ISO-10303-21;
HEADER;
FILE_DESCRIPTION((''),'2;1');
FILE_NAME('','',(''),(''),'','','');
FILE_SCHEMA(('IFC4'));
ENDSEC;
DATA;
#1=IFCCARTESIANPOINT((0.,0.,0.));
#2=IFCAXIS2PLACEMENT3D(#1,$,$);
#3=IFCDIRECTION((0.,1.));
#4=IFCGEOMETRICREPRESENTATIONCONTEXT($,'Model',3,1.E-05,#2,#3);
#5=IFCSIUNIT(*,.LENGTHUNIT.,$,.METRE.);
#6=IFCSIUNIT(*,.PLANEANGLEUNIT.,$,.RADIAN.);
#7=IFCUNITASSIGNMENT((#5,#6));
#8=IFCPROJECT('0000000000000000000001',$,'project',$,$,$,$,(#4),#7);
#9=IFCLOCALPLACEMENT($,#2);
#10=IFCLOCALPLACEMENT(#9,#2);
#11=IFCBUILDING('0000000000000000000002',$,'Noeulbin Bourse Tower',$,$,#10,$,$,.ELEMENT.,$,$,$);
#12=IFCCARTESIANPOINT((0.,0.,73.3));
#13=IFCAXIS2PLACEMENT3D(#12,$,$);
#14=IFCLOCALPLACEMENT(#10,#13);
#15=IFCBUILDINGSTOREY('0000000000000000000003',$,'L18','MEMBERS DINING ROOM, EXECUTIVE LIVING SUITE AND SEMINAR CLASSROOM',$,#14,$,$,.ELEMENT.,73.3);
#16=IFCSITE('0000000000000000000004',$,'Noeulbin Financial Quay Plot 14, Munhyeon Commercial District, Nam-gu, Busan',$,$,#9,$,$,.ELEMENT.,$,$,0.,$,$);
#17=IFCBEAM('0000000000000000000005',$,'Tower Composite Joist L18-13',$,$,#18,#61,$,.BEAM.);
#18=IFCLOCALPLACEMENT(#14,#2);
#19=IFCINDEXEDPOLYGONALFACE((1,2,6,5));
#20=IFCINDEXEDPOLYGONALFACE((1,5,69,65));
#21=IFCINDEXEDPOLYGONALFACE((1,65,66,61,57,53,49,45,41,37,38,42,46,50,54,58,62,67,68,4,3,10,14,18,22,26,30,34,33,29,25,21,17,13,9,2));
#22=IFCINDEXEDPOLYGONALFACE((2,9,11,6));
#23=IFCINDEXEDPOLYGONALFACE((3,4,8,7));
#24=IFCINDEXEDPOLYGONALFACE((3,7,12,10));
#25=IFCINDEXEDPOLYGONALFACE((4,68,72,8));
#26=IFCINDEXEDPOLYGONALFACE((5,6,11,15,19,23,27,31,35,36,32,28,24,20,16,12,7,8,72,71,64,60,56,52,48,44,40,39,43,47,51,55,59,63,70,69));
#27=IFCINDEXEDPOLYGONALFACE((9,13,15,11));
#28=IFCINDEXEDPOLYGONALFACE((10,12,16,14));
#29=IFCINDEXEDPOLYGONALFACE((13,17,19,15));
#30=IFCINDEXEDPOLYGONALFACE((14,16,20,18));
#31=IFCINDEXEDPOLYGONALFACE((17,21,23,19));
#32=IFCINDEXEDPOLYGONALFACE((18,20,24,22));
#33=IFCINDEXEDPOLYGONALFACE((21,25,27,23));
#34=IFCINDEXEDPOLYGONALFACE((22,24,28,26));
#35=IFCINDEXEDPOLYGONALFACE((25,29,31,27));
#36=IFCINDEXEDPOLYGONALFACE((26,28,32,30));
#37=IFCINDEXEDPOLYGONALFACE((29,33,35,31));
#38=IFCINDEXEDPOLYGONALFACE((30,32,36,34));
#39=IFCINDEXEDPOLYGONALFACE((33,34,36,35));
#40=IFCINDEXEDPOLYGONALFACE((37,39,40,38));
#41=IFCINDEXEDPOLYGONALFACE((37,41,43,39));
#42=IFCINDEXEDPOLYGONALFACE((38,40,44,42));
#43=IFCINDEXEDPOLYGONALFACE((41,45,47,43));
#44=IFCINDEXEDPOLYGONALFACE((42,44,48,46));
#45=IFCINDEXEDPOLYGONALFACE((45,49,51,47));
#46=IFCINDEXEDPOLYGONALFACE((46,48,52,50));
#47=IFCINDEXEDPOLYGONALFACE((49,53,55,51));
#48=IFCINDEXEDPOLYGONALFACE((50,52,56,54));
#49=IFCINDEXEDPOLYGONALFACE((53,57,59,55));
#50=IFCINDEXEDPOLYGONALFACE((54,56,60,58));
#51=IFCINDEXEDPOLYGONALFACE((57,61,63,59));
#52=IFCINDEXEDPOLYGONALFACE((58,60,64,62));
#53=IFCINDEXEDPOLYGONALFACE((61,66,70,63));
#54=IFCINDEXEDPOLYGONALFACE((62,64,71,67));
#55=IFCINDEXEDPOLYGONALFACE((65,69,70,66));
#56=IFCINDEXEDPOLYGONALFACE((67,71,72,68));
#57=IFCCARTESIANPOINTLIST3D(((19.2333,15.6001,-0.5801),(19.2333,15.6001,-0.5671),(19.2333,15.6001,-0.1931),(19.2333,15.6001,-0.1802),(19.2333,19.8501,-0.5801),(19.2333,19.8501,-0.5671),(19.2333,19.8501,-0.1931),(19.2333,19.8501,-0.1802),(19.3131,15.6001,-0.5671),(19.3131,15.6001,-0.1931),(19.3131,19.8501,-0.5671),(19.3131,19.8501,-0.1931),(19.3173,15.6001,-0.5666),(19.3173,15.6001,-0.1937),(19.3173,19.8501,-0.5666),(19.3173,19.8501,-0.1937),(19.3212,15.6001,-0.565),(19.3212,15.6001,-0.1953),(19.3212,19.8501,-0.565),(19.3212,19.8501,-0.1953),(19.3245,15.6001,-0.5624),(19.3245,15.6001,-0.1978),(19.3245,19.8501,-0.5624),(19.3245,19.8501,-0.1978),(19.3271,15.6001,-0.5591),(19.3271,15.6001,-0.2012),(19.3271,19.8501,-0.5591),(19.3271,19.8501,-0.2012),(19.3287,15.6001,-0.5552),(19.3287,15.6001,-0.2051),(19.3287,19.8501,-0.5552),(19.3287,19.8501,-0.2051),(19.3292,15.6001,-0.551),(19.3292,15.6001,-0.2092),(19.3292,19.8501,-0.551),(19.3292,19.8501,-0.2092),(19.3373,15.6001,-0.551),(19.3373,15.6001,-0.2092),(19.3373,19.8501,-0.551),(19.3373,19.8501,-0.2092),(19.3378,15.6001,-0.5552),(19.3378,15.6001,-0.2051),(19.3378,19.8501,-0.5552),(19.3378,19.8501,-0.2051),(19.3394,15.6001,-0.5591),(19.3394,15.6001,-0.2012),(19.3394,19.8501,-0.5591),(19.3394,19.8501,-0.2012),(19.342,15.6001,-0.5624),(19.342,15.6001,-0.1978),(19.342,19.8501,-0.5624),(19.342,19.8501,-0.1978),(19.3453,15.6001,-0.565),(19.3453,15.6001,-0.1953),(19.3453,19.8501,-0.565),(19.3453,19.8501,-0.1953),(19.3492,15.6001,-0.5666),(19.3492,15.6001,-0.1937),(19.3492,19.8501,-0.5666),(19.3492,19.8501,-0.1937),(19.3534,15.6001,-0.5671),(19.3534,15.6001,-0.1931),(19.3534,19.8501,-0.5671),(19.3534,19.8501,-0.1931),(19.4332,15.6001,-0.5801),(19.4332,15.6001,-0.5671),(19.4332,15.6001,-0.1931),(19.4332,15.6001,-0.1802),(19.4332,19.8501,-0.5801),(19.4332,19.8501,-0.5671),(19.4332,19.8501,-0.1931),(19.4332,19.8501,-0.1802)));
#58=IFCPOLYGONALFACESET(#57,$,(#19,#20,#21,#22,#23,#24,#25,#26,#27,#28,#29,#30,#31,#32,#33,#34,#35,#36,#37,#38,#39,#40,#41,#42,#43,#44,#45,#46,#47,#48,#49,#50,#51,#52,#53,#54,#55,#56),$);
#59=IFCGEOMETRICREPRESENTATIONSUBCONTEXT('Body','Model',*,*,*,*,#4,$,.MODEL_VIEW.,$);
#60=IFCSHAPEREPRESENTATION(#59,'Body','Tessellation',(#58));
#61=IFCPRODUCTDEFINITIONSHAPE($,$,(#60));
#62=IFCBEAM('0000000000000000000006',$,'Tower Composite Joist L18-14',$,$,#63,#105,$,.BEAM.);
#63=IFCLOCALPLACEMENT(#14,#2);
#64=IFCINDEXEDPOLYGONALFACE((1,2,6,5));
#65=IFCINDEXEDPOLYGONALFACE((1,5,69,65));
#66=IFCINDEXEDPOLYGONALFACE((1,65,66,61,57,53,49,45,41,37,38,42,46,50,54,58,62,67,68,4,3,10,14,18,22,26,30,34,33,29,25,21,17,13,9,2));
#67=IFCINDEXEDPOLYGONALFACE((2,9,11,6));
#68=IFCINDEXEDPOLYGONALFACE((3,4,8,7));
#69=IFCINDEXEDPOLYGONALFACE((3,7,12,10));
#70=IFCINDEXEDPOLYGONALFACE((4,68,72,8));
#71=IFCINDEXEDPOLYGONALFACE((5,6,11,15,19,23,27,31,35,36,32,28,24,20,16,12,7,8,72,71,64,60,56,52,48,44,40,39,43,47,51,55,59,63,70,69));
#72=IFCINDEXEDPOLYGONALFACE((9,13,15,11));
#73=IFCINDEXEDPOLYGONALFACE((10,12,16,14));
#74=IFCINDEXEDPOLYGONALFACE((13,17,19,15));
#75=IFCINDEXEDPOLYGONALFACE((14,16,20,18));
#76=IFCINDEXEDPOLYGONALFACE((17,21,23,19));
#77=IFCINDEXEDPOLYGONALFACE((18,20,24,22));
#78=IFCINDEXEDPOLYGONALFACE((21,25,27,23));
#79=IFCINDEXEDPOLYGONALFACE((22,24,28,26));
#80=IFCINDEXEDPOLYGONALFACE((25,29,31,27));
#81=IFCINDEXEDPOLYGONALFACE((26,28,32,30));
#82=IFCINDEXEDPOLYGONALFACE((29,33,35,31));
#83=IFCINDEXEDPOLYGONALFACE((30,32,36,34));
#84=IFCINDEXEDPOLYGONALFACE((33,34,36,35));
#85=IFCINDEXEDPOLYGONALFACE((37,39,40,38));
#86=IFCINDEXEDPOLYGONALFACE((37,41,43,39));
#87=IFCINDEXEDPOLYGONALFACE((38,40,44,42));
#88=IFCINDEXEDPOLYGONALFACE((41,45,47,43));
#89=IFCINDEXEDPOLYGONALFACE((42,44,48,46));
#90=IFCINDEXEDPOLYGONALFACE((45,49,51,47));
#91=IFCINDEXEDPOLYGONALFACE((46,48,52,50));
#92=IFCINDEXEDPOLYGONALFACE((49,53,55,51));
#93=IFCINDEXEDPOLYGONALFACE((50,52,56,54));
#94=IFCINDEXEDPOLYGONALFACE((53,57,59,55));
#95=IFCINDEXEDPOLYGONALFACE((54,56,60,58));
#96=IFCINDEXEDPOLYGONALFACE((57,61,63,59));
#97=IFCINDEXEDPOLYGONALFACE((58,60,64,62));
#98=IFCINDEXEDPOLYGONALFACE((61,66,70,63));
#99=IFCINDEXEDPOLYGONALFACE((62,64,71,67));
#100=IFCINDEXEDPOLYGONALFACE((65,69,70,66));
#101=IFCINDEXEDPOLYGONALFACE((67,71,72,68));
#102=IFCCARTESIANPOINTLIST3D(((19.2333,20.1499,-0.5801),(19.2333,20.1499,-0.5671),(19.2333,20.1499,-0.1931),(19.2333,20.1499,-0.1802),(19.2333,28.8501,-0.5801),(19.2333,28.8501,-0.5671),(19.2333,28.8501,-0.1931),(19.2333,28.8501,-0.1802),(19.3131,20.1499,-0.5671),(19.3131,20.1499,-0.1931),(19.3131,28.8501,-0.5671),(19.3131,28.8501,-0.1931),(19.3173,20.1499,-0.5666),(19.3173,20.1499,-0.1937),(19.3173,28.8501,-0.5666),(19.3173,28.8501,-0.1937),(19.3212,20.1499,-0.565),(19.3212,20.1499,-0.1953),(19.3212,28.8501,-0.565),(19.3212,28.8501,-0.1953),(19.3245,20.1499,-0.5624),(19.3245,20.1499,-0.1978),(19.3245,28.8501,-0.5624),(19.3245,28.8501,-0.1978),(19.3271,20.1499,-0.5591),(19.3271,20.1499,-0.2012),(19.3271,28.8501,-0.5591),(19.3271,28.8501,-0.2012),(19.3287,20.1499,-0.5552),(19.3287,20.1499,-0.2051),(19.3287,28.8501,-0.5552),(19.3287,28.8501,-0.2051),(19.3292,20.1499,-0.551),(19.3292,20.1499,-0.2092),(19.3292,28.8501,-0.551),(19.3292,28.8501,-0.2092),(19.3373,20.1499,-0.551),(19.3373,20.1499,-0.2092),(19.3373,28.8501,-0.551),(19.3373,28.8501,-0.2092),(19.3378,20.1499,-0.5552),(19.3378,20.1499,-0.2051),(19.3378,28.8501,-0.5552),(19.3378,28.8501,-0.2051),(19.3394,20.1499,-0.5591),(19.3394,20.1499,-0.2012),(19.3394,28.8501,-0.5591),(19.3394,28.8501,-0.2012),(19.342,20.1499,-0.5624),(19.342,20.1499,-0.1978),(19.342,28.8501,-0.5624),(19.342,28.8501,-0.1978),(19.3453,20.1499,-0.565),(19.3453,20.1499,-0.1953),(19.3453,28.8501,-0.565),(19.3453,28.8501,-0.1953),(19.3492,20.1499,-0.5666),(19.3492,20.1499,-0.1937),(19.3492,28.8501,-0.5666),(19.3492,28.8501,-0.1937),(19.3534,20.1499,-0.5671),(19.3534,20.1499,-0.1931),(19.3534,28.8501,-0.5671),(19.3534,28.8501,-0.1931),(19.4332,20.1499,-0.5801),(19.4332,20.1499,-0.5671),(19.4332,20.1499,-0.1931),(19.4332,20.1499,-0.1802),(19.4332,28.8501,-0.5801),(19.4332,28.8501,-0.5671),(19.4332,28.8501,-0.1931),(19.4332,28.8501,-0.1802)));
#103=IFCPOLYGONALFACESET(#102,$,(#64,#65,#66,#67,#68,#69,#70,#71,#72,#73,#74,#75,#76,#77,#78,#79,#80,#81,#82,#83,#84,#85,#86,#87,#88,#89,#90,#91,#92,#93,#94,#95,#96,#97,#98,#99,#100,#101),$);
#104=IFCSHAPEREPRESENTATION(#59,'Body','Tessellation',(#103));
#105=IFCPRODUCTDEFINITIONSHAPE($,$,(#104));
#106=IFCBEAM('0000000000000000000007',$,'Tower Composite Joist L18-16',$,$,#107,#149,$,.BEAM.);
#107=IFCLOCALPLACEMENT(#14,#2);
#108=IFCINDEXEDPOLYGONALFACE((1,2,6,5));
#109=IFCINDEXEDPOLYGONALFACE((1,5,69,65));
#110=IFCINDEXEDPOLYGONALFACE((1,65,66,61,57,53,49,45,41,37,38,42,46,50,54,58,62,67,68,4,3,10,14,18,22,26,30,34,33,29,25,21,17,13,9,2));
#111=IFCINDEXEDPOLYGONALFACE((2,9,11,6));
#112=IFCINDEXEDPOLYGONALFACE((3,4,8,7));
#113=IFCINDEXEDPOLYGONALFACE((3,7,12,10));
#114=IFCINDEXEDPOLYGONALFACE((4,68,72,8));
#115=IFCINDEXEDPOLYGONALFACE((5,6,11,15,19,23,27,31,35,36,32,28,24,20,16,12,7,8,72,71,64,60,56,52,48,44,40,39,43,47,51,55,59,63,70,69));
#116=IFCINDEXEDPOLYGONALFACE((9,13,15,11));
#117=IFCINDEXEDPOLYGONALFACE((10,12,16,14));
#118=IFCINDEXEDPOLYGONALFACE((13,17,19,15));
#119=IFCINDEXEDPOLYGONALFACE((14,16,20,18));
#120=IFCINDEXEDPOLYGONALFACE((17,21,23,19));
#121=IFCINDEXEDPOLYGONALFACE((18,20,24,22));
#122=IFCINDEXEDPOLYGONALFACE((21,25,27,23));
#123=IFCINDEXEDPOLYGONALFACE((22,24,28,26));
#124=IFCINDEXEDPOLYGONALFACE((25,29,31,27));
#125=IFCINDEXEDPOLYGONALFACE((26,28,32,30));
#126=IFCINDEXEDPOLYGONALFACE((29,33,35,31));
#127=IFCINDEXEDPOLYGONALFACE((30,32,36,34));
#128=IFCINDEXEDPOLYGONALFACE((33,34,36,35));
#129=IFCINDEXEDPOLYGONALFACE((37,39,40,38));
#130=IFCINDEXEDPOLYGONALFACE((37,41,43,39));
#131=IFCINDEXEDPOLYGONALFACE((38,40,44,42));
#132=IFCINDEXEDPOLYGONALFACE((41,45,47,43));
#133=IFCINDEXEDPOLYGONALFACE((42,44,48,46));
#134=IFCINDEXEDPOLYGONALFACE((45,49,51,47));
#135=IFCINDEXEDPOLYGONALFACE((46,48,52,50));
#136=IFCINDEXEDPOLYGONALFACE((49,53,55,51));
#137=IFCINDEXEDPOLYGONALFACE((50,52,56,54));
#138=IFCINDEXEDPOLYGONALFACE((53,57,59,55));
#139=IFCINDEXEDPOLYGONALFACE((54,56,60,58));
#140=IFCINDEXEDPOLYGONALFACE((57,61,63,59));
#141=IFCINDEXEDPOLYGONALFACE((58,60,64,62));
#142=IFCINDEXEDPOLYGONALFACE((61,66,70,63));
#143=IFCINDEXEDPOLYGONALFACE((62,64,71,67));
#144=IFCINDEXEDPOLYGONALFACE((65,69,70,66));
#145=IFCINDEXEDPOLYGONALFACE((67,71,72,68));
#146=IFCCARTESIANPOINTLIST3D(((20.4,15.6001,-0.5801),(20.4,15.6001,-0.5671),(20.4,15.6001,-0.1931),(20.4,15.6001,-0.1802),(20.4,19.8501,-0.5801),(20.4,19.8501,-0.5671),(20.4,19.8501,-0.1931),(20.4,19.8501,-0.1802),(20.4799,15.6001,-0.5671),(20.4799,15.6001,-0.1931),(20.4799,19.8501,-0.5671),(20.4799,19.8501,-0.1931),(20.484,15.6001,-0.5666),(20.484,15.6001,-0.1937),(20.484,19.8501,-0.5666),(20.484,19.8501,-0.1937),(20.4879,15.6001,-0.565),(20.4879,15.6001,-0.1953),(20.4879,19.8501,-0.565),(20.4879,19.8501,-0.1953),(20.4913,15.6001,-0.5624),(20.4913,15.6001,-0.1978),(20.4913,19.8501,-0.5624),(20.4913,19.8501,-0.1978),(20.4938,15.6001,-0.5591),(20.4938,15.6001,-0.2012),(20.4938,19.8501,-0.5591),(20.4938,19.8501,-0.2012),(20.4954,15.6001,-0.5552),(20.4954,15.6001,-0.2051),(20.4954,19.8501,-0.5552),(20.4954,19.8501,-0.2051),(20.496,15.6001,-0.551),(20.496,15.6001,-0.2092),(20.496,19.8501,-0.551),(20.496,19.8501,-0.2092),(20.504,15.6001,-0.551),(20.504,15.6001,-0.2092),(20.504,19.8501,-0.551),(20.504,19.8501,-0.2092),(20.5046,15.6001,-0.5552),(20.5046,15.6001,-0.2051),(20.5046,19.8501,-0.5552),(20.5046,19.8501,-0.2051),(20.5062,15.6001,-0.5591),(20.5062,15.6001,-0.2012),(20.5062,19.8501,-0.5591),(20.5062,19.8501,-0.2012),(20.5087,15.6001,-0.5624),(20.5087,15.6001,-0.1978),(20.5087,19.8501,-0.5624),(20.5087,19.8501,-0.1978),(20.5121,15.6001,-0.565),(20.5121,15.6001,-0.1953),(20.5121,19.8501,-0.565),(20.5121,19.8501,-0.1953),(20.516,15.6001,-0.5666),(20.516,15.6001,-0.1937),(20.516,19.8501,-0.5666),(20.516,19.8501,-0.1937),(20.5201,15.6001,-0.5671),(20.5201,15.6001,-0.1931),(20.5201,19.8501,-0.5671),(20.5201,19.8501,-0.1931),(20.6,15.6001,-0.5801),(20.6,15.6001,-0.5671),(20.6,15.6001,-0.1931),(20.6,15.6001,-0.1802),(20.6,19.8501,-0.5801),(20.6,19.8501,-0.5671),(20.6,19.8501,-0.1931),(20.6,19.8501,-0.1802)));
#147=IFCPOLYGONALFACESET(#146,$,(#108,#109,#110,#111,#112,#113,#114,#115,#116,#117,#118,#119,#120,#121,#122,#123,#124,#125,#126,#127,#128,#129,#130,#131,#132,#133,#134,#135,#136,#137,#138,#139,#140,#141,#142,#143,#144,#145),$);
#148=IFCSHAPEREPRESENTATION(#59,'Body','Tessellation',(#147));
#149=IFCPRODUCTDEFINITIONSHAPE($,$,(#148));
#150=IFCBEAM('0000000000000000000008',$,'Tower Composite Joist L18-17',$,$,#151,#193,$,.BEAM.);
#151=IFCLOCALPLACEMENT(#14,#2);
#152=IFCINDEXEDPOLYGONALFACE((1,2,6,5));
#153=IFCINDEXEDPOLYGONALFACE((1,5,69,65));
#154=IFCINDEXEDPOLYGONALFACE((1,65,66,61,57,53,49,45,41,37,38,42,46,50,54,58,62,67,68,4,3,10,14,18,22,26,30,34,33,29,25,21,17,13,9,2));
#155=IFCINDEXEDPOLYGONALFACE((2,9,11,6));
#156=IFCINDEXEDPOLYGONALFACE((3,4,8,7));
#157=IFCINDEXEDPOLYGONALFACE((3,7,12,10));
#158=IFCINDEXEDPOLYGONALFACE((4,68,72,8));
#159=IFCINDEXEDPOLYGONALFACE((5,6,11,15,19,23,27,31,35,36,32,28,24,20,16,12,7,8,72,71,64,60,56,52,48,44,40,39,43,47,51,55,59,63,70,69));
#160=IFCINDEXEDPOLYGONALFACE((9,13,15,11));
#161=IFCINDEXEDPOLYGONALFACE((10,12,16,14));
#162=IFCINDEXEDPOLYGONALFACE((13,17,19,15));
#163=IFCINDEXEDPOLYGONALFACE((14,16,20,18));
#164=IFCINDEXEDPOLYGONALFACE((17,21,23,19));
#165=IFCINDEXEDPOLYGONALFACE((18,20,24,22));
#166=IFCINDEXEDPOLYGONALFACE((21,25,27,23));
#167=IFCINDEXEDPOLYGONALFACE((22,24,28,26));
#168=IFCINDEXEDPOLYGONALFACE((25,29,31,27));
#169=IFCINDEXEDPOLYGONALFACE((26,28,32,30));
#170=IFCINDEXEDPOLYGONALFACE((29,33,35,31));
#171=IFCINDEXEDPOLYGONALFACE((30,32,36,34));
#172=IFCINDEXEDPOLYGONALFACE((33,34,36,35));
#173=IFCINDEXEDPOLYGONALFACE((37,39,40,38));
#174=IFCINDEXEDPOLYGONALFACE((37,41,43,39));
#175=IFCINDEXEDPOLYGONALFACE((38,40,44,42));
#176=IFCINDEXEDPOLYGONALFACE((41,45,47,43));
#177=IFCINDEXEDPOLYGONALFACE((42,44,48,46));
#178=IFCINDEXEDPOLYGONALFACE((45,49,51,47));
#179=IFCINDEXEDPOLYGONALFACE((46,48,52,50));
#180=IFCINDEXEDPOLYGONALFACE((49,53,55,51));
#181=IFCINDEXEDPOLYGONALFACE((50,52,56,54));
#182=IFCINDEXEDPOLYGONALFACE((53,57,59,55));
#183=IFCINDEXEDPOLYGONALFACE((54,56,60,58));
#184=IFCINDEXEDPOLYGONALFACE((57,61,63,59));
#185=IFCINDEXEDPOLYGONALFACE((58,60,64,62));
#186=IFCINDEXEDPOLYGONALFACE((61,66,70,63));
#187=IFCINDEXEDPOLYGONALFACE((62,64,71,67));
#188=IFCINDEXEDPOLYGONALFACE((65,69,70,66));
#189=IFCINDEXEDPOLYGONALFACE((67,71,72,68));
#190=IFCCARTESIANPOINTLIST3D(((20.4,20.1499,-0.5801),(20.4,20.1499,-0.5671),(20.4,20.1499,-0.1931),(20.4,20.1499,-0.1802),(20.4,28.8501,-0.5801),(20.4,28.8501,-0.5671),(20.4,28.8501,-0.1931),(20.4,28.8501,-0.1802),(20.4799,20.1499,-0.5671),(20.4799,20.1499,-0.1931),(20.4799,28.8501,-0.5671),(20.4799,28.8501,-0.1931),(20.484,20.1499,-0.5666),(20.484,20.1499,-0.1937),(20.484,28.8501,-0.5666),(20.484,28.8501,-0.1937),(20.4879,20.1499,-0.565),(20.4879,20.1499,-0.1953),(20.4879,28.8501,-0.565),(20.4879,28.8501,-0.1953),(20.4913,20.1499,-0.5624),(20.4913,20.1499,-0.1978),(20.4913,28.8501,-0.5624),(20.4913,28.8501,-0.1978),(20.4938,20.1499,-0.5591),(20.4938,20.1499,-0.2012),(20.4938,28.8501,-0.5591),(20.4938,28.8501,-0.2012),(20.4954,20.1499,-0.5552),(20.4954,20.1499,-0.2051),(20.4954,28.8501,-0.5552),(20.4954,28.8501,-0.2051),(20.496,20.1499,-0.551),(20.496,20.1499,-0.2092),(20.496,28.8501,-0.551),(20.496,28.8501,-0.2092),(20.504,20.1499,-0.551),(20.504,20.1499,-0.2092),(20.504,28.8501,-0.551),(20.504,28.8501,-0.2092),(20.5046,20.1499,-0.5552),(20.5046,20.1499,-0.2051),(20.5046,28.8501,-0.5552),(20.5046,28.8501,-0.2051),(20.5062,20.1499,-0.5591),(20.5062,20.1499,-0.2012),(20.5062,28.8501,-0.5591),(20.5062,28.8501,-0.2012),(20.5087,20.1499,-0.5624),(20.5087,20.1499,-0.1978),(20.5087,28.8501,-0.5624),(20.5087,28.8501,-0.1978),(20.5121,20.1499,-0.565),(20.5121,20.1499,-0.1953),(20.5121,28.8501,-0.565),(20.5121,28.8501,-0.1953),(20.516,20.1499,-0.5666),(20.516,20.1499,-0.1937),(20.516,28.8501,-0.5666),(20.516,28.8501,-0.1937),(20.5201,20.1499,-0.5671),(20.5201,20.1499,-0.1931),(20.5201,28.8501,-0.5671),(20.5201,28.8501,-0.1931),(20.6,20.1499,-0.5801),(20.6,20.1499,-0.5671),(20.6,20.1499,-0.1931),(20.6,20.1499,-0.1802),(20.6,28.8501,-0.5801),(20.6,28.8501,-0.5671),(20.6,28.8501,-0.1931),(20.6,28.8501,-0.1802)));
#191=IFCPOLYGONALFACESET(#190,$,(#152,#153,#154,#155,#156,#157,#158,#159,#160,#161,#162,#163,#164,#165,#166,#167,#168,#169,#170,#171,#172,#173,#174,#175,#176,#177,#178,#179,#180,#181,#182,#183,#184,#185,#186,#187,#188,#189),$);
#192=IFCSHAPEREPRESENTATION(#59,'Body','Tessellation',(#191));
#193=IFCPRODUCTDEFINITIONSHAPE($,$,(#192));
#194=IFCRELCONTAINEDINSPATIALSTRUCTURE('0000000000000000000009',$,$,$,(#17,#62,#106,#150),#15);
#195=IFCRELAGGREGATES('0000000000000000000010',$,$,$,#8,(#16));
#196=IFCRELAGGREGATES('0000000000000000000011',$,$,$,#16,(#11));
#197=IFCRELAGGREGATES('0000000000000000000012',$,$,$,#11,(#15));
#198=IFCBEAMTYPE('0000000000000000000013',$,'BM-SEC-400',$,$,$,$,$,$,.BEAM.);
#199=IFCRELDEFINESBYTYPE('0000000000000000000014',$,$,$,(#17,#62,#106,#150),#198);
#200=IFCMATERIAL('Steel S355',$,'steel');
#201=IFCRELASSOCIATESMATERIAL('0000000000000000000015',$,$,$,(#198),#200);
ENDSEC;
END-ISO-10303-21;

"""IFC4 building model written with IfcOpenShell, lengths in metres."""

from ifc_helpers import new_model, si_unit, direction, frame, origin, origin_2d, place, context, subcontext, project, spatial, i_section, extrude, material, material_profile, profile_set, type_object, element, save


model = new_model("IFC4")

# Units and contexts
model_context = context("Model", 3, precision=1e-05, world=origin(), true_north=direction((0.0, 1.0)))
body_context = subcontext(model_context, "Body", "Model", "MODEL_VIEW")
ifc_project = project(units=[si_unit("LENGTHUNIT", "METRE"), si_unit("PLANEANGLEUNIT", "RADIAN")], contexts=[model_context])

# Site, building, storey
site_placement = place(None, origin())
site = spatial("IfcSite", under=ifc_project, at=site_placement, Name="Noeulbin Financial Quay Plot 14, Munhyeon Commercial District, Nam-gu, Busan", CompositionType="ELEMENT", RefElevation=0.0)
building_placement = place(site_placement, origin())
building = spatial("IfcBuilding", under=site, at=building_placement, Name="Noeulbin Bourse Tower", CompositionType="ELEMENT")
storey_placement = place(building_placement, frame((0.0, 0.0, 73.3)))
storey = spatial("IfcBuildingStorey", under=building, at=storey_placement, Name="L18", Description="MEMBERS DINING ROOM, EXECUTIVE LIVING SUITE AND SEMINAR CLASSROOM", CompositionType="ELEMENT", Elevation=73.3)

# Beams
ifc_material_1 = material(Name="Steel S355", Category="steel")
ifc_material_profile_1 = material_profile(ifc_material_1, i_section(OverallWidth=0.2, OverallDepth=0.3999, WebThickness=0.0081, FlangeThickness=0.0129, FilletRadius=0.0161, at=origin_2d()), Name="H-400x200x8x13", Category="LoadBearing")
ifc_profile_set_1 = profile_set([ifc_material_profile_1], Name="Steel S355")
beam_type_1 = type_object("IfcBeamType", Name="BM-SEC-400", PredefinedType="BEAM", material=ifc_profile_set_1)
beam_1_placement = place(storey_placement, frame((19.3333, 15.6001, -0.3801), z_axis=(0.0, 1.0, 0.0), x_axis=(-1.0, 0.0, 0.0)))
element("IfcBeam", 1, at=beam_1_placement, inside=storey, type_object=beam_type_1, Name="Tower Composite Joist L18-13", PredefinedType="BEAM", context=body_context, shape_type="SweptSolid", body=[
    extrude(i_section(OverallWidth=0.2, OverallDepth=0.3999, WebThickness=0.0081, FlangeThickness=0.0129, FilletRadius=0.0161, at=origin_2d()), origin(), (0.0, 0.0, 1.0), 4.25),
])
beam_2_placement = place(storey_placement, frame((19.3333, 20.1499, -0.3801), z_axis=(0.0, 1.0, 0.0), x_axis=(-1.0, 0.0, 0.0)))
element("IfcBeam", 2, at=beam_2_placement, inside=storey, type_object=beam_type_1, Name="Tower Composite Joist L18-14", PredefinedType="BEAM", context=body_context, shape_type="SweptSolid", body=[
    extrude(i_section(OverallWidth=0.2, OverallDepth=0.3999, WebThickness=0.0081, FlangeThickness=0.0129, FilletRadius=0.0161, at=origin_2d()), origin(), (0.0, 0.0, 1.0), 8.7002),
])
beam_3_placement = place(storey_placement, frame((20.5, 15.6001, -0.3801), z_axis=(0.0, 1.0, 0.0), x_axis=(-1.0, 0.0, 0.0)))
element("IfcBeam", 3, at=beam_3_placement, inside=storey, type_object=beam_type_1, Name="Tower Composite Joist L18-16", PredefinedType="BEAM", context=body_context, shape_type="SweptSolid", body=[
    extrude(i_section(OverallWidth=0.2, OverallDepth=0.3999, WebThickness=0.0081, FlangeThickness=0.0129, FilletRadius=0.0161, at=origin_2d()), origin(), (0.0, 0.0, 1.0), 4.25),
])
beam_4_placement = place(storey_placement, frame((20.5, 20.1499, -0.3801), z_axis=(0.0, 1.0, 0.0), x_axis=(-1.0, 0.0, 0.0)))
element("IfcBeam", 4, at=beam_4_placement, inside=storey, type_object=beam_type_1, Name="Tower Composite Joist L18-17", PredefinedType="BEAM", context=body_context, shape_type="SweptSolid", body=[
    extrude(i_section(OverallWidth=0.2, OverallDepth=0.3999, WebThickness=0.0081, FlangeThickness=0.0129, FilletRadius=0.0161, at=origin_2d()), origin(), (0.0, 0.0, 1.0), 8.7002),
])

save(model, "model.ifc")
